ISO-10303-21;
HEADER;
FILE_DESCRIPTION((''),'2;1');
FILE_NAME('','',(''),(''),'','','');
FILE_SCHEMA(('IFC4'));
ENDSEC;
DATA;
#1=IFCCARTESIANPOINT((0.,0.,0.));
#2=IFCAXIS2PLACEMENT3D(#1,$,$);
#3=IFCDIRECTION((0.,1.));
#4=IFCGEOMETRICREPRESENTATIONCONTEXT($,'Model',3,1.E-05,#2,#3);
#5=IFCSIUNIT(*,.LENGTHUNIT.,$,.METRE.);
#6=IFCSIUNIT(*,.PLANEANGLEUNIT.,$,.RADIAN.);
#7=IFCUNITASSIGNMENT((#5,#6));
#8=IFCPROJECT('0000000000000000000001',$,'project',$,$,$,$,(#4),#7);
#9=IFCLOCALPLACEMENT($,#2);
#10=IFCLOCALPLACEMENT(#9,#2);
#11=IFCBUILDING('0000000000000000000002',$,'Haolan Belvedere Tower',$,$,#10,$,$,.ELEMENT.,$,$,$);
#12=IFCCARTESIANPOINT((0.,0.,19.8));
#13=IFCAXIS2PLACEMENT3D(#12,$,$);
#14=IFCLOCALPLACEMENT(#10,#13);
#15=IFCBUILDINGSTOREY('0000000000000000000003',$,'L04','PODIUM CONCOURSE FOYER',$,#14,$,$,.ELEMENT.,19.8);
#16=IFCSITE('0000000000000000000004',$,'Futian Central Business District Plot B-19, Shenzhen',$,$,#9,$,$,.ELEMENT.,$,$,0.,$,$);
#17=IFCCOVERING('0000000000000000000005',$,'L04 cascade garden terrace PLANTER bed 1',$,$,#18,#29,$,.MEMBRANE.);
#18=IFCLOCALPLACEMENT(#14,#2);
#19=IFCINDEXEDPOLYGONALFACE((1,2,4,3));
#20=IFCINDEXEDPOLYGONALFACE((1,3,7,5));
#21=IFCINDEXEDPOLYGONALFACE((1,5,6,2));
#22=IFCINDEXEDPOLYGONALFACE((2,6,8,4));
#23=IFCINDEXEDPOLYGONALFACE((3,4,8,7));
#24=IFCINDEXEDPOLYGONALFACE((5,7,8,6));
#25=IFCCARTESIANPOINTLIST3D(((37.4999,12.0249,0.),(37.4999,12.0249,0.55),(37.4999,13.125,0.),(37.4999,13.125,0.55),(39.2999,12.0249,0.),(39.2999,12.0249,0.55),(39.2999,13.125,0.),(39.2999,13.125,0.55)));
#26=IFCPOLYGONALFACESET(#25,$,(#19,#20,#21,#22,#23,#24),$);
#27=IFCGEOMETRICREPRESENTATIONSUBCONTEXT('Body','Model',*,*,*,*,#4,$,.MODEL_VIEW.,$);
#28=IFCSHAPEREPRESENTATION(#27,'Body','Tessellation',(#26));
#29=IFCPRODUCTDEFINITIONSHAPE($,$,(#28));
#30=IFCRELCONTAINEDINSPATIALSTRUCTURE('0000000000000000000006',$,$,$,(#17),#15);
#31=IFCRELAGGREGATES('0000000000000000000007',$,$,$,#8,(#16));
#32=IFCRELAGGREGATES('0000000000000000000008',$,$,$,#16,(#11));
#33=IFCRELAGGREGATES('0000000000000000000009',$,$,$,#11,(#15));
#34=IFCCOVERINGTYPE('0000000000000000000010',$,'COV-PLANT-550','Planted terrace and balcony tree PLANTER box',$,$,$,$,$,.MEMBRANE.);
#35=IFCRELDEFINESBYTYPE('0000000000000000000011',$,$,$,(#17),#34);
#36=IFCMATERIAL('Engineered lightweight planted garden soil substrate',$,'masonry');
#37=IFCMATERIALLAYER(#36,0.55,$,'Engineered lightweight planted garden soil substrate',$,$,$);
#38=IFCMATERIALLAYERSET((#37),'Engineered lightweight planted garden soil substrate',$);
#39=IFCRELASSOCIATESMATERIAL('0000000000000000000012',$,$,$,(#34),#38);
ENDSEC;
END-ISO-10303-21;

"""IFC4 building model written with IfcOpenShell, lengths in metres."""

from ifc_helpers import new_model, si_unit, direction, frame, origin, origin_2d, place, context, subcontext, project, spatial, rectangle, extrude, material, layer, layer_set, type_object, element, save


model = new_model("IFC4")

# Units and contexts
model_context = context("Model", 3, precision=1e-05, world=origin(), true_north=direction((0.0, 1.0)))
body_context = subcontext(model_context, "Body", "Model", "MODEL_VIEW")
ifc_project = project(units=[si_unit("LENGTHUNIT", "METRE"), si_unit("PLANEANGLEUNIT", "RADIAN")], contexts=[model_context])

# Site, building, storey
site_placement = place(None, origin())
site = spatial("IfcSite", under=ifc_project, at=site_placement, Name="Futian Central Business District Plot B-19, Shenzhen", CompositionType="ELEMENT", RefElevation=0.0)
building_placement = place(site_placement, origin())
building = spatial("IfcBuilding", under=site, at=building_placement, Name="Haolan Belvedere Tower", CompositionType="ELEMENT")
storey_placement = place(building_placement, frame((0.0, 0.0, 19.8)))
storey = spatial("IfcBuildingStorey", under=building, at=storey_placement, Name="L04", Description="PODIUM CONCOURSE FOYER", CompositionType="ELEMENT", Elevation=19.8)

# Covering
ifc_material_1 = material(Name="Engineered lightweight planted garden soil substrate", Category="masonry")
ifc_layer_1 = layer(ifc_material_1, 0.55, Name="Engineered lightweight planted garden soil substrate")
ifc_layer_set_1 = layer_set([ifc_layer_1], Name="Engineered lightweight planted garden soil substrate")
covering_type = type_object("IfcCoveringType", Name="COV-PLANT-550", Description="Planted terrace and balcony tree PLANTER box", PredefinedType="MEMBRANE", material=ifc_layer_set_1)
covering_placement = place(storey_placement, frame((38.3999, 12.575, 0.0), z_axis=(0.0, 0.0, 1.0), x_axis=(1.0, 0.0, 0.0)))
element("IfcCovering", 1, at=covering_placement, inside=storey, type_object=covering_type, Name="L04 cascade garden terrace PLANTER bed 1", PredefinedType="MEMBRANE", context=body_context, shape_type="SweptSolid", body=[
    extrude(rectangle(XDim=1.8, YDim=1.1001, at=origin_2d()), origin(), (0.0, 0.0, 1.0), 0.55),
])

save(model, "model.ifc")
